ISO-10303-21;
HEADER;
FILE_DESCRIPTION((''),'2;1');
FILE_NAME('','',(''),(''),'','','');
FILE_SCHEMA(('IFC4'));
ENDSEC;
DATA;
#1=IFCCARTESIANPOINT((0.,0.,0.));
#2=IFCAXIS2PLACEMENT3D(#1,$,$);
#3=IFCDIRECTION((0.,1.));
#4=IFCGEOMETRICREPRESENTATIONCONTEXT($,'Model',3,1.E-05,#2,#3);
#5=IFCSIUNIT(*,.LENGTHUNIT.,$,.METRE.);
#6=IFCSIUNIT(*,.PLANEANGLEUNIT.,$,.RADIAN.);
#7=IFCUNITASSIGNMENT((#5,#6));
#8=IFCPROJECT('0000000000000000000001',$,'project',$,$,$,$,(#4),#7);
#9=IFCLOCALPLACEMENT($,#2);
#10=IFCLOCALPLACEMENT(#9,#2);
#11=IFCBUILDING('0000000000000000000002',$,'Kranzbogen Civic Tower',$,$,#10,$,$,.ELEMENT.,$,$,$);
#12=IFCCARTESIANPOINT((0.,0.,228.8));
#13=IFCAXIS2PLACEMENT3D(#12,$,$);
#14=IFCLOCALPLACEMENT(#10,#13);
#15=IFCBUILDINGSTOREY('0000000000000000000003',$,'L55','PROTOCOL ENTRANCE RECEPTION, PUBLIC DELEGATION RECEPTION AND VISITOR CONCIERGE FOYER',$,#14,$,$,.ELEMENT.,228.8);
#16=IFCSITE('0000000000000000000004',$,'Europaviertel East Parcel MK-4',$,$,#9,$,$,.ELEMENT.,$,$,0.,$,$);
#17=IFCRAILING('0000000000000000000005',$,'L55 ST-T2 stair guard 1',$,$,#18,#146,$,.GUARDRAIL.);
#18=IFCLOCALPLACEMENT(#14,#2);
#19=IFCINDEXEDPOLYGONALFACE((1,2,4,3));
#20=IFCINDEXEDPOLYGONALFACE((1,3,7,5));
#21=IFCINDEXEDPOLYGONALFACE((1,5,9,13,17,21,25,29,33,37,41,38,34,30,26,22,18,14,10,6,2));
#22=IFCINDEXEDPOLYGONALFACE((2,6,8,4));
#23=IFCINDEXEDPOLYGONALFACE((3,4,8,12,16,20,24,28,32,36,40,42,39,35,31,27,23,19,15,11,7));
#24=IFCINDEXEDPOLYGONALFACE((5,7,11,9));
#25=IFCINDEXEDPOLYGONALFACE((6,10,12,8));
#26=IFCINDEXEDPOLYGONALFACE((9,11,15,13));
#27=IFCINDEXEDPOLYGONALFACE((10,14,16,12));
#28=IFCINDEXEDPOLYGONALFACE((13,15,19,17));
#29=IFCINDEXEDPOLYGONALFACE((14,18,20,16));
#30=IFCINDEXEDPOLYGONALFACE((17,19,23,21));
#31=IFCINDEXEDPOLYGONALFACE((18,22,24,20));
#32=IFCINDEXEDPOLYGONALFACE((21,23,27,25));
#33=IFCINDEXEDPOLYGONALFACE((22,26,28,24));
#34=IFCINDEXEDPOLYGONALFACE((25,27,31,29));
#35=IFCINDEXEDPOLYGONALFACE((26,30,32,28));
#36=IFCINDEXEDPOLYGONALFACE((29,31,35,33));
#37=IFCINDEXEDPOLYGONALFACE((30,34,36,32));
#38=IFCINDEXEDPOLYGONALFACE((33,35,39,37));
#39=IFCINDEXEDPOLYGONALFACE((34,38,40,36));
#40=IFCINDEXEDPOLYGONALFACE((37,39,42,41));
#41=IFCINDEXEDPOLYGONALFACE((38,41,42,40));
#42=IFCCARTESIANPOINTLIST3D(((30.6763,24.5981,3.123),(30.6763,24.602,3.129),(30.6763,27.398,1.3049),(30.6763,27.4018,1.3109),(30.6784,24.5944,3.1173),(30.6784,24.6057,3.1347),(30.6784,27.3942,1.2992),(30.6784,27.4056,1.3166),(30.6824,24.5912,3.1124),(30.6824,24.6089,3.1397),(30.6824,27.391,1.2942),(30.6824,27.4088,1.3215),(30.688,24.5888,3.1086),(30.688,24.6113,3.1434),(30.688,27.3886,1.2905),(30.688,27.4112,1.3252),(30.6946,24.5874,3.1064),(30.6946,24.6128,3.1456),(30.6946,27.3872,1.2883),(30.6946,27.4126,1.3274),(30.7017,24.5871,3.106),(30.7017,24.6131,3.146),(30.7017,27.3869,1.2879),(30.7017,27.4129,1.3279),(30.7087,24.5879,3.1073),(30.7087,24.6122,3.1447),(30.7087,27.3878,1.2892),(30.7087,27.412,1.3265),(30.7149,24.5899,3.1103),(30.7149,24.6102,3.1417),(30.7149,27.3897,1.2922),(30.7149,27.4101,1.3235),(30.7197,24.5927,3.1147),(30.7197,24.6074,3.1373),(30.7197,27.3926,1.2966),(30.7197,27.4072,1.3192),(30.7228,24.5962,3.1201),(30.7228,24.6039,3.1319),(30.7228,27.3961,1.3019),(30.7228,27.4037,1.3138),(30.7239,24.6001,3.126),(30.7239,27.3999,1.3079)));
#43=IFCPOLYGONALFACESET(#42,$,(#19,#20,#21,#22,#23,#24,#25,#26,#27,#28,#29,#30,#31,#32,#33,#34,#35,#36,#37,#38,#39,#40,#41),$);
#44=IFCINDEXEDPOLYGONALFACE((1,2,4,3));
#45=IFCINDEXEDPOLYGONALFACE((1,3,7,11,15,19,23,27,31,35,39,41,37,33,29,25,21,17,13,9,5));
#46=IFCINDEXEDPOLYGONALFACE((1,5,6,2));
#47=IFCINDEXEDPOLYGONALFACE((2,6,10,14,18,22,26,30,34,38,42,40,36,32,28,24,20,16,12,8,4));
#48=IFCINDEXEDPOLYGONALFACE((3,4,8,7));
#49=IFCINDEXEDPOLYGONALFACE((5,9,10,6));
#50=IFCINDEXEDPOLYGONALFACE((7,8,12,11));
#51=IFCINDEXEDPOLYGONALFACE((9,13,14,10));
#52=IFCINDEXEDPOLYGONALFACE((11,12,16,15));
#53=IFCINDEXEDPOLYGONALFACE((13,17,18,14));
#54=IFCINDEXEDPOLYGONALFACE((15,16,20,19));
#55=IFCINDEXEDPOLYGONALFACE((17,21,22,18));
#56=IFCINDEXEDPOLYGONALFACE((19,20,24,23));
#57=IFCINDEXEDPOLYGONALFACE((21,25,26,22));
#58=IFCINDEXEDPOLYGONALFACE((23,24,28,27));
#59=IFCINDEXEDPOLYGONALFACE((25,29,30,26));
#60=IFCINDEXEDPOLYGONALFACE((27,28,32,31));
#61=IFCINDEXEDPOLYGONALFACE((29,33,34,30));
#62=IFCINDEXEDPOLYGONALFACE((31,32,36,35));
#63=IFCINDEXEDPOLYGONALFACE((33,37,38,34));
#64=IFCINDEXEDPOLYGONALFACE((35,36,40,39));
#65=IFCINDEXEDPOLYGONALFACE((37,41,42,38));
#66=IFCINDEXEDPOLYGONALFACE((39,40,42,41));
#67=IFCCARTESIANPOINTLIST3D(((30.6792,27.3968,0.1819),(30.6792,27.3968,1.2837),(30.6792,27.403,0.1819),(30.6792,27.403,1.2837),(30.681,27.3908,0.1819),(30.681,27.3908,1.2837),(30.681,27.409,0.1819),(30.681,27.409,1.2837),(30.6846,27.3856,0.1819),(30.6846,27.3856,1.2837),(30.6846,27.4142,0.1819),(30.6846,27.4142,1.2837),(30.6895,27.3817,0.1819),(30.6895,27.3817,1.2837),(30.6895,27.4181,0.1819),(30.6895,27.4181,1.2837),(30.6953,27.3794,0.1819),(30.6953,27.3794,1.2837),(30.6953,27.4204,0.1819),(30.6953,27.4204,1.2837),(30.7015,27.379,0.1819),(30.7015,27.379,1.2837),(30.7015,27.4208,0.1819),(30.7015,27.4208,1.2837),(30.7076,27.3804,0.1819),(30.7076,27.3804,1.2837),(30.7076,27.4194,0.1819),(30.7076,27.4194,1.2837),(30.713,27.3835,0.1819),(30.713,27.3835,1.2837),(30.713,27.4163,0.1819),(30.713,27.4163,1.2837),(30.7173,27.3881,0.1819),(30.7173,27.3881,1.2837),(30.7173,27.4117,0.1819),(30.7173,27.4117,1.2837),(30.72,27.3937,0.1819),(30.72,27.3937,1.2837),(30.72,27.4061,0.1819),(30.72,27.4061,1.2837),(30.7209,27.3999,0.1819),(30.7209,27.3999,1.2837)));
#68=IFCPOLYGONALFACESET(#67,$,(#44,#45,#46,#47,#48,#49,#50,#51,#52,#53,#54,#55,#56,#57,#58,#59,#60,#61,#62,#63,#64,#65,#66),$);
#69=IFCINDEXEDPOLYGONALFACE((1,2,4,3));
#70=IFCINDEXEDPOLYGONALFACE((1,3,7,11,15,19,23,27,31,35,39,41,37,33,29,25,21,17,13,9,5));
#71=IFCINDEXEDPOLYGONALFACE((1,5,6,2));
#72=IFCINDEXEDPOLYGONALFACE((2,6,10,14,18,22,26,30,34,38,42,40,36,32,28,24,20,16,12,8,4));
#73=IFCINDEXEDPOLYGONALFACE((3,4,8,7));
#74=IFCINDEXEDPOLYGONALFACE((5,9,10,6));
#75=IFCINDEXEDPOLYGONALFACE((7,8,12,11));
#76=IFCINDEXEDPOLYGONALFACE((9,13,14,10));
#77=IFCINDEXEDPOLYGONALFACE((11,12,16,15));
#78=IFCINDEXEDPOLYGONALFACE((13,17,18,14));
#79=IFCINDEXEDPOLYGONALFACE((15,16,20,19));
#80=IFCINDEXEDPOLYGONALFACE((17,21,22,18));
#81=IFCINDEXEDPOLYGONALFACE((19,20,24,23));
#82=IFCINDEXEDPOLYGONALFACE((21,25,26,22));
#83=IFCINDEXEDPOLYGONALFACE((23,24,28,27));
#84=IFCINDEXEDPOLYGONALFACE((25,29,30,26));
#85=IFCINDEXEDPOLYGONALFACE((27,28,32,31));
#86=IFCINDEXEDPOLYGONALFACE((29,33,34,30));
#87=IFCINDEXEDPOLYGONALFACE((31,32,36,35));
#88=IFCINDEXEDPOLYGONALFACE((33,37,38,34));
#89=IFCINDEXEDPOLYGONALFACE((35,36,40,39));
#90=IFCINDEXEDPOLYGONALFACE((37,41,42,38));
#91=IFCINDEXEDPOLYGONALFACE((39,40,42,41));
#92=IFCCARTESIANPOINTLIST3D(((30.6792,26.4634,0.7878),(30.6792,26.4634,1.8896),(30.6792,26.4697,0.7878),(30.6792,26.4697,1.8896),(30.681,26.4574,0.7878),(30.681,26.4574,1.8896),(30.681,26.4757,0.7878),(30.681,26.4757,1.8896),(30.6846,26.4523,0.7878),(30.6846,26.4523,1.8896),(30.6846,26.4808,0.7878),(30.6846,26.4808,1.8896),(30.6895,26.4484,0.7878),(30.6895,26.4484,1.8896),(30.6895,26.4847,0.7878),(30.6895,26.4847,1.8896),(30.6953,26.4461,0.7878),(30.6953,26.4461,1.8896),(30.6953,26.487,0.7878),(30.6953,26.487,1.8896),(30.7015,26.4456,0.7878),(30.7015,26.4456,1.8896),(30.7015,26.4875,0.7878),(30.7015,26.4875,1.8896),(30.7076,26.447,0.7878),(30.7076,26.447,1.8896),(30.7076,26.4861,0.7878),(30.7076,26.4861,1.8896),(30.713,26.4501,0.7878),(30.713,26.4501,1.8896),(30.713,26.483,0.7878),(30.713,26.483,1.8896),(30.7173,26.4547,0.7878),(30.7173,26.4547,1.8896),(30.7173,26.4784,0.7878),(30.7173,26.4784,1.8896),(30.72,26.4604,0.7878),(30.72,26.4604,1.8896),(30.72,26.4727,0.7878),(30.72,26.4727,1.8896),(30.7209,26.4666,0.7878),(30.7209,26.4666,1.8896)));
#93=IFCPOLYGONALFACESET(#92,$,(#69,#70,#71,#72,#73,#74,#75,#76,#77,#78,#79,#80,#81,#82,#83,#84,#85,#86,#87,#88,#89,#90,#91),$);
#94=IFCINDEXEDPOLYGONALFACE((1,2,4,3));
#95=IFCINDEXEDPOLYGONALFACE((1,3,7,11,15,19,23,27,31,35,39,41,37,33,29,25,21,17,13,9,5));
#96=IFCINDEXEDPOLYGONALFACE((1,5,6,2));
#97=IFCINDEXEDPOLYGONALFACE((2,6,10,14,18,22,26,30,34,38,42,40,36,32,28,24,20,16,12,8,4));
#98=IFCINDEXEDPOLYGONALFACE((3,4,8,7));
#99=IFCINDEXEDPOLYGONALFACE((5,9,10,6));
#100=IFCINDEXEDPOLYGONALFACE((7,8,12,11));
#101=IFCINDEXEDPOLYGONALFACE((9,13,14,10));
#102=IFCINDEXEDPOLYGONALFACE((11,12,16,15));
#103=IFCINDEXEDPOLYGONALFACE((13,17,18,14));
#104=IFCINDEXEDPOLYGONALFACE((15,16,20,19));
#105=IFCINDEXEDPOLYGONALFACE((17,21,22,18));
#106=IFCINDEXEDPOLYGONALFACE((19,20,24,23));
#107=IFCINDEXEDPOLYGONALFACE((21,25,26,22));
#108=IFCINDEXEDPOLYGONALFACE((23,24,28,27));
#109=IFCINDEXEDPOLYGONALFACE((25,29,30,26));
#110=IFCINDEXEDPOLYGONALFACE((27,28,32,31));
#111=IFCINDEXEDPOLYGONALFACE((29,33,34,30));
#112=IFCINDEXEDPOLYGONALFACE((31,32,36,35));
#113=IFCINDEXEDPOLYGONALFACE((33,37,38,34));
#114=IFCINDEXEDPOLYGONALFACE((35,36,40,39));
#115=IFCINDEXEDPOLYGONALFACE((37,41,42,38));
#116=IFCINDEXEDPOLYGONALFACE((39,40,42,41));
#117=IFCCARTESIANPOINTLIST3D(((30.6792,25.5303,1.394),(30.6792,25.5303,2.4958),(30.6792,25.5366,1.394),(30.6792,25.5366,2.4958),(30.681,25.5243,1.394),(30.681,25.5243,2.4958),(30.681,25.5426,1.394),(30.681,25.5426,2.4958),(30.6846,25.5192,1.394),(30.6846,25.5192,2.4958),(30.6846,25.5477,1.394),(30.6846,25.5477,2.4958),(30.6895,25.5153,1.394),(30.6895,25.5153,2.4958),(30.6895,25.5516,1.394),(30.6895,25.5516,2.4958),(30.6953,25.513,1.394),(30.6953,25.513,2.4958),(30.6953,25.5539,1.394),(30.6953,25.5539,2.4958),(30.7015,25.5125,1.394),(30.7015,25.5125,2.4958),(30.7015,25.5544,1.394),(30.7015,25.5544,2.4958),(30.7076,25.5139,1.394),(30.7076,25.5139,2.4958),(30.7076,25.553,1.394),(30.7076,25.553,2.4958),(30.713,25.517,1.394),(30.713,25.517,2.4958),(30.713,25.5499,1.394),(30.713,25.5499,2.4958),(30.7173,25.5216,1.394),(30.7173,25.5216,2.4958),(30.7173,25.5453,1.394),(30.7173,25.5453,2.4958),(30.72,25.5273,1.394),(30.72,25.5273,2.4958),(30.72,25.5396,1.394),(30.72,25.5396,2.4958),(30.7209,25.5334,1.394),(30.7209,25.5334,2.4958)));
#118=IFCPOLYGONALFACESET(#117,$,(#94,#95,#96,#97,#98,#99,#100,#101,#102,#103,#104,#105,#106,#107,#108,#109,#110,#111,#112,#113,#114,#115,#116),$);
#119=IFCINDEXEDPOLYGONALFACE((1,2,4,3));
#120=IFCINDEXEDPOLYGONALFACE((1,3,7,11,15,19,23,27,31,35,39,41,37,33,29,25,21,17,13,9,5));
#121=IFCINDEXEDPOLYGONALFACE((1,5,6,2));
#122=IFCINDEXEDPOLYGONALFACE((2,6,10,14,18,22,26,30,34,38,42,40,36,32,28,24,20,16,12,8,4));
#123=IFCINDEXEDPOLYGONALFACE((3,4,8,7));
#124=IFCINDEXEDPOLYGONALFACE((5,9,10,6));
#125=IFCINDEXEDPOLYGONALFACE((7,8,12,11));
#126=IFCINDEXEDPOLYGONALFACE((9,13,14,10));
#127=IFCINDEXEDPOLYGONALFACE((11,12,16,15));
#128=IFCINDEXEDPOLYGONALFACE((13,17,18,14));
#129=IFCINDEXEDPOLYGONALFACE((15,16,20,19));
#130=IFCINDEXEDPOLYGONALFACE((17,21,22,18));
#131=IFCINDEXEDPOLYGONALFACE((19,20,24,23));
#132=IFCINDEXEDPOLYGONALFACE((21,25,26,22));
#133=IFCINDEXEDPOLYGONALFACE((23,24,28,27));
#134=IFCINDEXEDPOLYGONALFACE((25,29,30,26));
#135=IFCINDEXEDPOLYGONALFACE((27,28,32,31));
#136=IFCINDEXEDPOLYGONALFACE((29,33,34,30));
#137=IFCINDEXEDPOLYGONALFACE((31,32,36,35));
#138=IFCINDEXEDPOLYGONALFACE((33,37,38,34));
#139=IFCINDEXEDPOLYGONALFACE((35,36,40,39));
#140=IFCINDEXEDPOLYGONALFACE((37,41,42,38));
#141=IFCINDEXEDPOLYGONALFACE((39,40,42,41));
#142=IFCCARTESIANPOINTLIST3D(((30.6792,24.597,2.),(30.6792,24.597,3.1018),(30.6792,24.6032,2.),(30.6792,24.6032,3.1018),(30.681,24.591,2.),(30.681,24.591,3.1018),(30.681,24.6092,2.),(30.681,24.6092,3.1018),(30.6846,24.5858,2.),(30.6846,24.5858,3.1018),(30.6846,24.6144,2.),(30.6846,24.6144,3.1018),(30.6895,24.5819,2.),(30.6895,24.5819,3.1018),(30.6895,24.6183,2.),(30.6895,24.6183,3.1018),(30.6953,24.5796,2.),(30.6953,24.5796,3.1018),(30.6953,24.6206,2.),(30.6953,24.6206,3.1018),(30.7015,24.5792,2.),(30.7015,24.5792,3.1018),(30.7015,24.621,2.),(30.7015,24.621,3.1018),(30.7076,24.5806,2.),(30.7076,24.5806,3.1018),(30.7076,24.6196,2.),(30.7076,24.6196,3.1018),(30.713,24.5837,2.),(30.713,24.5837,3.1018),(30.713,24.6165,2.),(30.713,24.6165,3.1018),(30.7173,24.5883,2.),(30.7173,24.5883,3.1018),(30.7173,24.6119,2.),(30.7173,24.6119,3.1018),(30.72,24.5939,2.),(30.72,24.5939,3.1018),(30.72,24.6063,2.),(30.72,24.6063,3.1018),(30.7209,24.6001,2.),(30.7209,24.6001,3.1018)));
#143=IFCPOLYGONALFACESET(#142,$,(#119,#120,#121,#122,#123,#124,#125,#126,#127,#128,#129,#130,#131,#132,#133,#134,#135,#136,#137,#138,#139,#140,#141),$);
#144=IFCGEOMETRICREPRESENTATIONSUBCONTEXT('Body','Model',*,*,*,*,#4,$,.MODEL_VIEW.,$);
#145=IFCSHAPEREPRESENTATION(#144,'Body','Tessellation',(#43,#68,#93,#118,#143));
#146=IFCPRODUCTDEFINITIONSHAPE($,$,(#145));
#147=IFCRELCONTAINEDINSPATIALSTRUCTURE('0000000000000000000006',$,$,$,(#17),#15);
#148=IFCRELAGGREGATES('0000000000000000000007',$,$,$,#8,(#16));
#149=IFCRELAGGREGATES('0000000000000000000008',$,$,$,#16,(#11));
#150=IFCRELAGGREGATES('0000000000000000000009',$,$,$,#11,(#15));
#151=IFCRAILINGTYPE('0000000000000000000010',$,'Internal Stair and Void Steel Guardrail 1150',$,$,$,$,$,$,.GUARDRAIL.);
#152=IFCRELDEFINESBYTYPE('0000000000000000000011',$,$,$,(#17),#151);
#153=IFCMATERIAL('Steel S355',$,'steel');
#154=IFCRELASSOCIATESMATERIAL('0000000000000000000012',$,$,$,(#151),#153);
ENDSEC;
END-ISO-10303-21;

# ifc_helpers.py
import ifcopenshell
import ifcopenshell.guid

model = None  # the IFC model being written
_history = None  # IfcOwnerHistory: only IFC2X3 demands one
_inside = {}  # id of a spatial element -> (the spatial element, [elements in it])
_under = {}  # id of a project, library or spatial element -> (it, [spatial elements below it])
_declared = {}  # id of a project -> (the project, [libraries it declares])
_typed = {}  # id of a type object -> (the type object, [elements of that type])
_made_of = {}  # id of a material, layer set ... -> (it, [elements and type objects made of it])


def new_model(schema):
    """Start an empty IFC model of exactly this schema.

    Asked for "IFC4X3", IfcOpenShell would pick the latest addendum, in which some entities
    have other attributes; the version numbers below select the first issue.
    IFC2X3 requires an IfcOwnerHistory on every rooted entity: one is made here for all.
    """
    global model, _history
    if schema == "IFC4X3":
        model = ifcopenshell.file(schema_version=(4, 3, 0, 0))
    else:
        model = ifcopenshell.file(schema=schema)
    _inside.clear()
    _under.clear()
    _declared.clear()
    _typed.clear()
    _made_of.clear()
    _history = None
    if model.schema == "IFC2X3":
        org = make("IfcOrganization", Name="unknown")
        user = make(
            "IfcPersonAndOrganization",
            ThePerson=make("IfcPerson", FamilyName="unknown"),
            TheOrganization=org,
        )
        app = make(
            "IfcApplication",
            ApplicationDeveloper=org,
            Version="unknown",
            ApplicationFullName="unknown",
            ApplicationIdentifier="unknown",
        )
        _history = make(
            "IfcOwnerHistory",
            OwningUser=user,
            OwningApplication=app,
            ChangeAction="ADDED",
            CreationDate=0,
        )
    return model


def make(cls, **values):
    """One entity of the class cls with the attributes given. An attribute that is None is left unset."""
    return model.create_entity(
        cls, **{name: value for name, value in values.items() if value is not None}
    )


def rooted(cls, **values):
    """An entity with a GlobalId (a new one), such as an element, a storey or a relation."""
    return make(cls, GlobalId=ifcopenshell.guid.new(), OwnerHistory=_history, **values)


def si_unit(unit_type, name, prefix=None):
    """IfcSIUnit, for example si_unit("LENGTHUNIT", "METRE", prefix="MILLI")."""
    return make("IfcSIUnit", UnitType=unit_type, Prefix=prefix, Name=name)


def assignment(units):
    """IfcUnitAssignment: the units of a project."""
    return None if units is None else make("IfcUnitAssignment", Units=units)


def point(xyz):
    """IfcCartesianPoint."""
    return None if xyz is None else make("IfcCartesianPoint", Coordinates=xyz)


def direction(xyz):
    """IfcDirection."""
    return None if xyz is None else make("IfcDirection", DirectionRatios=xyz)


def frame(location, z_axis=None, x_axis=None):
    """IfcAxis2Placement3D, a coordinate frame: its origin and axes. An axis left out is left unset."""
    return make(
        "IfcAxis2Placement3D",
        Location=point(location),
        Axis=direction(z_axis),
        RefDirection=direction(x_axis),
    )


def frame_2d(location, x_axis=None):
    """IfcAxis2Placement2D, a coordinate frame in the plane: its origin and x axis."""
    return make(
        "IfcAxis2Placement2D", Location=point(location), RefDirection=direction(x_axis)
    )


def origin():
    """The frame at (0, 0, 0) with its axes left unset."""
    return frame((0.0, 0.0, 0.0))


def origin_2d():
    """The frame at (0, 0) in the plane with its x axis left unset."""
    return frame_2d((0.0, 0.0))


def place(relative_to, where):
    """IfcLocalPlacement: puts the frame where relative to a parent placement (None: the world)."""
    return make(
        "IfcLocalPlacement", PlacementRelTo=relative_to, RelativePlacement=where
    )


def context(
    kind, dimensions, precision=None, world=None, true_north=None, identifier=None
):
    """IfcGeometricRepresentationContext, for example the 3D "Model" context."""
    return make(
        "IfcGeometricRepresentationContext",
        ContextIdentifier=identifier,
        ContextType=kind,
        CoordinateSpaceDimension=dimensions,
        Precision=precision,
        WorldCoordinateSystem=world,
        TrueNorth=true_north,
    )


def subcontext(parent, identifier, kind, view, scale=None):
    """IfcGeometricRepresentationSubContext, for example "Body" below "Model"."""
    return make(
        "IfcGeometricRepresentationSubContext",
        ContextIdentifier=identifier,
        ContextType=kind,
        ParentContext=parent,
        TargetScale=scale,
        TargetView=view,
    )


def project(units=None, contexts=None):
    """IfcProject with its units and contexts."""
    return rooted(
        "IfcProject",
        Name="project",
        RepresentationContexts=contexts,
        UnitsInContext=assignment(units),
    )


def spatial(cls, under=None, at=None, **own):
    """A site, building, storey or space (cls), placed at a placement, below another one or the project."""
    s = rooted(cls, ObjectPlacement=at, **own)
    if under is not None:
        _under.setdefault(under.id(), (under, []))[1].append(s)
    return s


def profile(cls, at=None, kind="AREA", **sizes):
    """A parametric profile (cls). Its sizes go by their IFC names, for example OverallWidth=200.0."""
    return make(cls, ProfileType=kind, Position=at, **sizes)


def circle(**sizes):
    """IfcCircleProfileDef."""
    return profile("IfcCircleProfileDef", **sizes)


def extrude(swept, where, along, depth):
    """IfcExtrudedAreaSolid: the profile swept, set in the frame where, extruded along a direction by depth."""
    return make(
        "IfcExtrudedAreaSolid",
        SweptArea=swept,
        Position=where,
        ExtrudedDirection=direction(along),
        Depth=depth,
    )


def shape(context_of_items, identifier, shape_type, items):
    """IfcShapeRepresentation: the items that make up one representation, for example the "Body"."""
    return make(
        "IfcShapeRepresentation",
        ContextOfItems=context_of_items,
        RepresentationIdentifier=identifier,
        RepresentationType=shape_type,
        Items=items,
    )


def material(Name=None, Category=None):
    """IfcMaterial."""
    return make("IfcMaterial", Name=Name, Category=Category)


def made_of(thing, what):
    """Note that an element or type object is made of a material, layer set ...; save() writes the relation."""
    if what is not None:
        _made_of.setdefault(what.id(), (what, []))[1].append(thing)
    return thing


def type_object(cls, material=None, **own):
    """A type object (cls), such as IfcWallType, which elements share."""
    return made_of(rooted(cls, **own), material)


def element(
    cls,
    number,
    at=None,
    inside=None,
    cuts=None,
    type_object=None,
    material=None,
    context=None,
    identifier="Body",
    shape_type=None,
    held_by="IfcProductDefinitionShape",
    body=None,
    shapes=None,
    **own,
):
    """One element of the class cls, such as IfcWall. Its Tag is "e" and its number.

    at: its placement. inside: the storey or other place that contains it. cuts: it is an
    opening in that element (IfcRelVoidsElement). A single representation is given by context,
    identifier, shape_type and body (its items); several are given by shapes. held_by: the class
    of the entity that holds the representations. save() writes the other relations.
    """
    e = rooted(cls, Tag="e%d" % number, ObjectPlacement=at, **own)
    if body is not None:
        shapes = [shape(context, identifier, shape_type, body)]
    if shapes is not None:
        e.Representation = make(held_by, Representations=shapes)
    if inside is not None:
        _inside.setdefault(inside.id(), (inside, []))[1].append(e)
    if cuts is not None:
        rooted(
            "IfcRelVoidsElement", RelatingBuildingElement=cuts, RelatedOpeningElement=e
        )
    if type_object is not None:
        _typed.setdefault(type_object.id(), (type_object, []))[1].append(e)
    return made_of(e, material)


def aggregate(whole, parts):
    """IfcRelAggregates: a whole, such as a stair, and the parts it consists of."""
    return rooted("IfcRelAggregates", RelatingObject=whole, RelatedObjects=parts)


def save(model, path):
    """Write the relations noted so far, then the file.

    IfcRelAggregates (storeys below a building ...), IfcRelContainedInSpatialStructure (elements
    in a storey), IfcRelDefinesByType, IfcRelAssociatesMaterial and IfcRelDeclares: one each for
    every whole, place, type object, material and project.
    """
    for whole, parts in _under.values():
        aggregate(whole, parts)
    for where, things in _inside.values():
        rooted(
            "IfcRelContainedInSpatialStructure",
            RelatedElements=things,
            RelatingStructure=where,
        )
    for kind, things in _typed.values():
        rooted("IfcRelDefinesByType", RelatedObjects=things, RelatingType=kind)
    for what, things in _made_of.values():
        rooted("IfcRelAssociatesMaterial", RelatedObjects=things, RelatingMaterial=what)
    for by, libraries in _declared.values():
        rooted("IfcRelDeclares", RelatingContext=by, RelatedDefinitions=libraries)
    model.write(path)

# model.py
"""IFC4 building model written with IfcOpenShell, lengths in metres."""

from ifc_helpers import new_model, si_unit, direction, frame, origin, origin_2d, place, context, subcontext, project, spatial, circle, extrude, material, type_object, element, save


model = new_model("IFC4")

# Units and contexts
model_context = context("Model", 3, precision=1e-05, world=origin(), true_north=direction((0.0, 1.0)))
body_context = subcontext(model_context, "Body", "Model", "MODEL_VIEW")
ifc_project = project(units=[si_unit("LENGTHUNIT", "METRE"), si_unit("PLANEANGLEUNIT", "RADIAN")], contexts=[model_context])

# Site, building, storey
site_placement = place(None, origin())
site = spatial("IfcSite", under=ifc_project, at=site_placement, Name="Europaviertel East Parcel MK-4", CompositionType="ELEMENT", RefElevation=0.0)
building_placement = place(site_placement, origin())
building = spatial("IfcBuilding", under=site, at=building_placement, Name="Kranzbogen Civic Tower", CompositionType="ELEMENT")
storey_placement = place(building_placement, frame((0.0, 0.0, 228.8)))
storey = spatial("IfcBuildingStorey", under=building, at=storey_placement, Name="L55", Description="PROTOCOL ENTRANCE RECEPTION, PUBLIC DELEGATION RECEPTION AND VISITOR CONCIERGE FOYER", CompositionType="ELEMENT", Elevation=228.8)

# Shared definitions
ifc_material_1 = material(Name="Steel S355", Category="steel")

# Railing
railing_type_1 = type_object("IfcRailingType", Name="Internal Stair and Void Steel Guardrail 1150", PredefinedType="GUARDRAIL", material=ifc_material_1)
railing_1_placement = place(storey_placement, frame((30.7, 27.3999, 0.1819)))
element("IfcRailing", 1, at=railing_1_placement, inside=storey, type_object=railing_type_1, Name="L55 ST-T2 stair guard 1", PredefinedType="GUARDRAIL", context=body_context, shape_type="SweptSolid", body=[
    extrude(circle(Radius=0.0239, at=origin_2d()), frame((0.0, 0.0, 1.126), z_axis=(0.0, -0.838684, 0.544618), x_axis=(1.0, 0.0, 0.0)), (0.0, 0.0, 1.0), 3.3384),
    extrude(circle(Radius=0.021, at=origin_2d()), origin(), (0.0, 0.0, 1.0), 1.1018),
    extrude(circle(Radius=0.021, at=origin_2d()), frame((0.0, -0.9333, 0.606)), (0.0, 0.0, 1.0), 1.1018),
    extrude(circle(Radius=0.021, at=origin_2d()), frame((0.0, -1.8665, 1.2122)), (0.0, 0.0, 1.0), 1.1018),
    extrude(circle(Radius=0.021, at=origin_2d()), frame((0.0, -2.7998, 1.8181)), (0.0, 0.0, 1.0), 1.1018),
])

save(model, "model.ifc")
